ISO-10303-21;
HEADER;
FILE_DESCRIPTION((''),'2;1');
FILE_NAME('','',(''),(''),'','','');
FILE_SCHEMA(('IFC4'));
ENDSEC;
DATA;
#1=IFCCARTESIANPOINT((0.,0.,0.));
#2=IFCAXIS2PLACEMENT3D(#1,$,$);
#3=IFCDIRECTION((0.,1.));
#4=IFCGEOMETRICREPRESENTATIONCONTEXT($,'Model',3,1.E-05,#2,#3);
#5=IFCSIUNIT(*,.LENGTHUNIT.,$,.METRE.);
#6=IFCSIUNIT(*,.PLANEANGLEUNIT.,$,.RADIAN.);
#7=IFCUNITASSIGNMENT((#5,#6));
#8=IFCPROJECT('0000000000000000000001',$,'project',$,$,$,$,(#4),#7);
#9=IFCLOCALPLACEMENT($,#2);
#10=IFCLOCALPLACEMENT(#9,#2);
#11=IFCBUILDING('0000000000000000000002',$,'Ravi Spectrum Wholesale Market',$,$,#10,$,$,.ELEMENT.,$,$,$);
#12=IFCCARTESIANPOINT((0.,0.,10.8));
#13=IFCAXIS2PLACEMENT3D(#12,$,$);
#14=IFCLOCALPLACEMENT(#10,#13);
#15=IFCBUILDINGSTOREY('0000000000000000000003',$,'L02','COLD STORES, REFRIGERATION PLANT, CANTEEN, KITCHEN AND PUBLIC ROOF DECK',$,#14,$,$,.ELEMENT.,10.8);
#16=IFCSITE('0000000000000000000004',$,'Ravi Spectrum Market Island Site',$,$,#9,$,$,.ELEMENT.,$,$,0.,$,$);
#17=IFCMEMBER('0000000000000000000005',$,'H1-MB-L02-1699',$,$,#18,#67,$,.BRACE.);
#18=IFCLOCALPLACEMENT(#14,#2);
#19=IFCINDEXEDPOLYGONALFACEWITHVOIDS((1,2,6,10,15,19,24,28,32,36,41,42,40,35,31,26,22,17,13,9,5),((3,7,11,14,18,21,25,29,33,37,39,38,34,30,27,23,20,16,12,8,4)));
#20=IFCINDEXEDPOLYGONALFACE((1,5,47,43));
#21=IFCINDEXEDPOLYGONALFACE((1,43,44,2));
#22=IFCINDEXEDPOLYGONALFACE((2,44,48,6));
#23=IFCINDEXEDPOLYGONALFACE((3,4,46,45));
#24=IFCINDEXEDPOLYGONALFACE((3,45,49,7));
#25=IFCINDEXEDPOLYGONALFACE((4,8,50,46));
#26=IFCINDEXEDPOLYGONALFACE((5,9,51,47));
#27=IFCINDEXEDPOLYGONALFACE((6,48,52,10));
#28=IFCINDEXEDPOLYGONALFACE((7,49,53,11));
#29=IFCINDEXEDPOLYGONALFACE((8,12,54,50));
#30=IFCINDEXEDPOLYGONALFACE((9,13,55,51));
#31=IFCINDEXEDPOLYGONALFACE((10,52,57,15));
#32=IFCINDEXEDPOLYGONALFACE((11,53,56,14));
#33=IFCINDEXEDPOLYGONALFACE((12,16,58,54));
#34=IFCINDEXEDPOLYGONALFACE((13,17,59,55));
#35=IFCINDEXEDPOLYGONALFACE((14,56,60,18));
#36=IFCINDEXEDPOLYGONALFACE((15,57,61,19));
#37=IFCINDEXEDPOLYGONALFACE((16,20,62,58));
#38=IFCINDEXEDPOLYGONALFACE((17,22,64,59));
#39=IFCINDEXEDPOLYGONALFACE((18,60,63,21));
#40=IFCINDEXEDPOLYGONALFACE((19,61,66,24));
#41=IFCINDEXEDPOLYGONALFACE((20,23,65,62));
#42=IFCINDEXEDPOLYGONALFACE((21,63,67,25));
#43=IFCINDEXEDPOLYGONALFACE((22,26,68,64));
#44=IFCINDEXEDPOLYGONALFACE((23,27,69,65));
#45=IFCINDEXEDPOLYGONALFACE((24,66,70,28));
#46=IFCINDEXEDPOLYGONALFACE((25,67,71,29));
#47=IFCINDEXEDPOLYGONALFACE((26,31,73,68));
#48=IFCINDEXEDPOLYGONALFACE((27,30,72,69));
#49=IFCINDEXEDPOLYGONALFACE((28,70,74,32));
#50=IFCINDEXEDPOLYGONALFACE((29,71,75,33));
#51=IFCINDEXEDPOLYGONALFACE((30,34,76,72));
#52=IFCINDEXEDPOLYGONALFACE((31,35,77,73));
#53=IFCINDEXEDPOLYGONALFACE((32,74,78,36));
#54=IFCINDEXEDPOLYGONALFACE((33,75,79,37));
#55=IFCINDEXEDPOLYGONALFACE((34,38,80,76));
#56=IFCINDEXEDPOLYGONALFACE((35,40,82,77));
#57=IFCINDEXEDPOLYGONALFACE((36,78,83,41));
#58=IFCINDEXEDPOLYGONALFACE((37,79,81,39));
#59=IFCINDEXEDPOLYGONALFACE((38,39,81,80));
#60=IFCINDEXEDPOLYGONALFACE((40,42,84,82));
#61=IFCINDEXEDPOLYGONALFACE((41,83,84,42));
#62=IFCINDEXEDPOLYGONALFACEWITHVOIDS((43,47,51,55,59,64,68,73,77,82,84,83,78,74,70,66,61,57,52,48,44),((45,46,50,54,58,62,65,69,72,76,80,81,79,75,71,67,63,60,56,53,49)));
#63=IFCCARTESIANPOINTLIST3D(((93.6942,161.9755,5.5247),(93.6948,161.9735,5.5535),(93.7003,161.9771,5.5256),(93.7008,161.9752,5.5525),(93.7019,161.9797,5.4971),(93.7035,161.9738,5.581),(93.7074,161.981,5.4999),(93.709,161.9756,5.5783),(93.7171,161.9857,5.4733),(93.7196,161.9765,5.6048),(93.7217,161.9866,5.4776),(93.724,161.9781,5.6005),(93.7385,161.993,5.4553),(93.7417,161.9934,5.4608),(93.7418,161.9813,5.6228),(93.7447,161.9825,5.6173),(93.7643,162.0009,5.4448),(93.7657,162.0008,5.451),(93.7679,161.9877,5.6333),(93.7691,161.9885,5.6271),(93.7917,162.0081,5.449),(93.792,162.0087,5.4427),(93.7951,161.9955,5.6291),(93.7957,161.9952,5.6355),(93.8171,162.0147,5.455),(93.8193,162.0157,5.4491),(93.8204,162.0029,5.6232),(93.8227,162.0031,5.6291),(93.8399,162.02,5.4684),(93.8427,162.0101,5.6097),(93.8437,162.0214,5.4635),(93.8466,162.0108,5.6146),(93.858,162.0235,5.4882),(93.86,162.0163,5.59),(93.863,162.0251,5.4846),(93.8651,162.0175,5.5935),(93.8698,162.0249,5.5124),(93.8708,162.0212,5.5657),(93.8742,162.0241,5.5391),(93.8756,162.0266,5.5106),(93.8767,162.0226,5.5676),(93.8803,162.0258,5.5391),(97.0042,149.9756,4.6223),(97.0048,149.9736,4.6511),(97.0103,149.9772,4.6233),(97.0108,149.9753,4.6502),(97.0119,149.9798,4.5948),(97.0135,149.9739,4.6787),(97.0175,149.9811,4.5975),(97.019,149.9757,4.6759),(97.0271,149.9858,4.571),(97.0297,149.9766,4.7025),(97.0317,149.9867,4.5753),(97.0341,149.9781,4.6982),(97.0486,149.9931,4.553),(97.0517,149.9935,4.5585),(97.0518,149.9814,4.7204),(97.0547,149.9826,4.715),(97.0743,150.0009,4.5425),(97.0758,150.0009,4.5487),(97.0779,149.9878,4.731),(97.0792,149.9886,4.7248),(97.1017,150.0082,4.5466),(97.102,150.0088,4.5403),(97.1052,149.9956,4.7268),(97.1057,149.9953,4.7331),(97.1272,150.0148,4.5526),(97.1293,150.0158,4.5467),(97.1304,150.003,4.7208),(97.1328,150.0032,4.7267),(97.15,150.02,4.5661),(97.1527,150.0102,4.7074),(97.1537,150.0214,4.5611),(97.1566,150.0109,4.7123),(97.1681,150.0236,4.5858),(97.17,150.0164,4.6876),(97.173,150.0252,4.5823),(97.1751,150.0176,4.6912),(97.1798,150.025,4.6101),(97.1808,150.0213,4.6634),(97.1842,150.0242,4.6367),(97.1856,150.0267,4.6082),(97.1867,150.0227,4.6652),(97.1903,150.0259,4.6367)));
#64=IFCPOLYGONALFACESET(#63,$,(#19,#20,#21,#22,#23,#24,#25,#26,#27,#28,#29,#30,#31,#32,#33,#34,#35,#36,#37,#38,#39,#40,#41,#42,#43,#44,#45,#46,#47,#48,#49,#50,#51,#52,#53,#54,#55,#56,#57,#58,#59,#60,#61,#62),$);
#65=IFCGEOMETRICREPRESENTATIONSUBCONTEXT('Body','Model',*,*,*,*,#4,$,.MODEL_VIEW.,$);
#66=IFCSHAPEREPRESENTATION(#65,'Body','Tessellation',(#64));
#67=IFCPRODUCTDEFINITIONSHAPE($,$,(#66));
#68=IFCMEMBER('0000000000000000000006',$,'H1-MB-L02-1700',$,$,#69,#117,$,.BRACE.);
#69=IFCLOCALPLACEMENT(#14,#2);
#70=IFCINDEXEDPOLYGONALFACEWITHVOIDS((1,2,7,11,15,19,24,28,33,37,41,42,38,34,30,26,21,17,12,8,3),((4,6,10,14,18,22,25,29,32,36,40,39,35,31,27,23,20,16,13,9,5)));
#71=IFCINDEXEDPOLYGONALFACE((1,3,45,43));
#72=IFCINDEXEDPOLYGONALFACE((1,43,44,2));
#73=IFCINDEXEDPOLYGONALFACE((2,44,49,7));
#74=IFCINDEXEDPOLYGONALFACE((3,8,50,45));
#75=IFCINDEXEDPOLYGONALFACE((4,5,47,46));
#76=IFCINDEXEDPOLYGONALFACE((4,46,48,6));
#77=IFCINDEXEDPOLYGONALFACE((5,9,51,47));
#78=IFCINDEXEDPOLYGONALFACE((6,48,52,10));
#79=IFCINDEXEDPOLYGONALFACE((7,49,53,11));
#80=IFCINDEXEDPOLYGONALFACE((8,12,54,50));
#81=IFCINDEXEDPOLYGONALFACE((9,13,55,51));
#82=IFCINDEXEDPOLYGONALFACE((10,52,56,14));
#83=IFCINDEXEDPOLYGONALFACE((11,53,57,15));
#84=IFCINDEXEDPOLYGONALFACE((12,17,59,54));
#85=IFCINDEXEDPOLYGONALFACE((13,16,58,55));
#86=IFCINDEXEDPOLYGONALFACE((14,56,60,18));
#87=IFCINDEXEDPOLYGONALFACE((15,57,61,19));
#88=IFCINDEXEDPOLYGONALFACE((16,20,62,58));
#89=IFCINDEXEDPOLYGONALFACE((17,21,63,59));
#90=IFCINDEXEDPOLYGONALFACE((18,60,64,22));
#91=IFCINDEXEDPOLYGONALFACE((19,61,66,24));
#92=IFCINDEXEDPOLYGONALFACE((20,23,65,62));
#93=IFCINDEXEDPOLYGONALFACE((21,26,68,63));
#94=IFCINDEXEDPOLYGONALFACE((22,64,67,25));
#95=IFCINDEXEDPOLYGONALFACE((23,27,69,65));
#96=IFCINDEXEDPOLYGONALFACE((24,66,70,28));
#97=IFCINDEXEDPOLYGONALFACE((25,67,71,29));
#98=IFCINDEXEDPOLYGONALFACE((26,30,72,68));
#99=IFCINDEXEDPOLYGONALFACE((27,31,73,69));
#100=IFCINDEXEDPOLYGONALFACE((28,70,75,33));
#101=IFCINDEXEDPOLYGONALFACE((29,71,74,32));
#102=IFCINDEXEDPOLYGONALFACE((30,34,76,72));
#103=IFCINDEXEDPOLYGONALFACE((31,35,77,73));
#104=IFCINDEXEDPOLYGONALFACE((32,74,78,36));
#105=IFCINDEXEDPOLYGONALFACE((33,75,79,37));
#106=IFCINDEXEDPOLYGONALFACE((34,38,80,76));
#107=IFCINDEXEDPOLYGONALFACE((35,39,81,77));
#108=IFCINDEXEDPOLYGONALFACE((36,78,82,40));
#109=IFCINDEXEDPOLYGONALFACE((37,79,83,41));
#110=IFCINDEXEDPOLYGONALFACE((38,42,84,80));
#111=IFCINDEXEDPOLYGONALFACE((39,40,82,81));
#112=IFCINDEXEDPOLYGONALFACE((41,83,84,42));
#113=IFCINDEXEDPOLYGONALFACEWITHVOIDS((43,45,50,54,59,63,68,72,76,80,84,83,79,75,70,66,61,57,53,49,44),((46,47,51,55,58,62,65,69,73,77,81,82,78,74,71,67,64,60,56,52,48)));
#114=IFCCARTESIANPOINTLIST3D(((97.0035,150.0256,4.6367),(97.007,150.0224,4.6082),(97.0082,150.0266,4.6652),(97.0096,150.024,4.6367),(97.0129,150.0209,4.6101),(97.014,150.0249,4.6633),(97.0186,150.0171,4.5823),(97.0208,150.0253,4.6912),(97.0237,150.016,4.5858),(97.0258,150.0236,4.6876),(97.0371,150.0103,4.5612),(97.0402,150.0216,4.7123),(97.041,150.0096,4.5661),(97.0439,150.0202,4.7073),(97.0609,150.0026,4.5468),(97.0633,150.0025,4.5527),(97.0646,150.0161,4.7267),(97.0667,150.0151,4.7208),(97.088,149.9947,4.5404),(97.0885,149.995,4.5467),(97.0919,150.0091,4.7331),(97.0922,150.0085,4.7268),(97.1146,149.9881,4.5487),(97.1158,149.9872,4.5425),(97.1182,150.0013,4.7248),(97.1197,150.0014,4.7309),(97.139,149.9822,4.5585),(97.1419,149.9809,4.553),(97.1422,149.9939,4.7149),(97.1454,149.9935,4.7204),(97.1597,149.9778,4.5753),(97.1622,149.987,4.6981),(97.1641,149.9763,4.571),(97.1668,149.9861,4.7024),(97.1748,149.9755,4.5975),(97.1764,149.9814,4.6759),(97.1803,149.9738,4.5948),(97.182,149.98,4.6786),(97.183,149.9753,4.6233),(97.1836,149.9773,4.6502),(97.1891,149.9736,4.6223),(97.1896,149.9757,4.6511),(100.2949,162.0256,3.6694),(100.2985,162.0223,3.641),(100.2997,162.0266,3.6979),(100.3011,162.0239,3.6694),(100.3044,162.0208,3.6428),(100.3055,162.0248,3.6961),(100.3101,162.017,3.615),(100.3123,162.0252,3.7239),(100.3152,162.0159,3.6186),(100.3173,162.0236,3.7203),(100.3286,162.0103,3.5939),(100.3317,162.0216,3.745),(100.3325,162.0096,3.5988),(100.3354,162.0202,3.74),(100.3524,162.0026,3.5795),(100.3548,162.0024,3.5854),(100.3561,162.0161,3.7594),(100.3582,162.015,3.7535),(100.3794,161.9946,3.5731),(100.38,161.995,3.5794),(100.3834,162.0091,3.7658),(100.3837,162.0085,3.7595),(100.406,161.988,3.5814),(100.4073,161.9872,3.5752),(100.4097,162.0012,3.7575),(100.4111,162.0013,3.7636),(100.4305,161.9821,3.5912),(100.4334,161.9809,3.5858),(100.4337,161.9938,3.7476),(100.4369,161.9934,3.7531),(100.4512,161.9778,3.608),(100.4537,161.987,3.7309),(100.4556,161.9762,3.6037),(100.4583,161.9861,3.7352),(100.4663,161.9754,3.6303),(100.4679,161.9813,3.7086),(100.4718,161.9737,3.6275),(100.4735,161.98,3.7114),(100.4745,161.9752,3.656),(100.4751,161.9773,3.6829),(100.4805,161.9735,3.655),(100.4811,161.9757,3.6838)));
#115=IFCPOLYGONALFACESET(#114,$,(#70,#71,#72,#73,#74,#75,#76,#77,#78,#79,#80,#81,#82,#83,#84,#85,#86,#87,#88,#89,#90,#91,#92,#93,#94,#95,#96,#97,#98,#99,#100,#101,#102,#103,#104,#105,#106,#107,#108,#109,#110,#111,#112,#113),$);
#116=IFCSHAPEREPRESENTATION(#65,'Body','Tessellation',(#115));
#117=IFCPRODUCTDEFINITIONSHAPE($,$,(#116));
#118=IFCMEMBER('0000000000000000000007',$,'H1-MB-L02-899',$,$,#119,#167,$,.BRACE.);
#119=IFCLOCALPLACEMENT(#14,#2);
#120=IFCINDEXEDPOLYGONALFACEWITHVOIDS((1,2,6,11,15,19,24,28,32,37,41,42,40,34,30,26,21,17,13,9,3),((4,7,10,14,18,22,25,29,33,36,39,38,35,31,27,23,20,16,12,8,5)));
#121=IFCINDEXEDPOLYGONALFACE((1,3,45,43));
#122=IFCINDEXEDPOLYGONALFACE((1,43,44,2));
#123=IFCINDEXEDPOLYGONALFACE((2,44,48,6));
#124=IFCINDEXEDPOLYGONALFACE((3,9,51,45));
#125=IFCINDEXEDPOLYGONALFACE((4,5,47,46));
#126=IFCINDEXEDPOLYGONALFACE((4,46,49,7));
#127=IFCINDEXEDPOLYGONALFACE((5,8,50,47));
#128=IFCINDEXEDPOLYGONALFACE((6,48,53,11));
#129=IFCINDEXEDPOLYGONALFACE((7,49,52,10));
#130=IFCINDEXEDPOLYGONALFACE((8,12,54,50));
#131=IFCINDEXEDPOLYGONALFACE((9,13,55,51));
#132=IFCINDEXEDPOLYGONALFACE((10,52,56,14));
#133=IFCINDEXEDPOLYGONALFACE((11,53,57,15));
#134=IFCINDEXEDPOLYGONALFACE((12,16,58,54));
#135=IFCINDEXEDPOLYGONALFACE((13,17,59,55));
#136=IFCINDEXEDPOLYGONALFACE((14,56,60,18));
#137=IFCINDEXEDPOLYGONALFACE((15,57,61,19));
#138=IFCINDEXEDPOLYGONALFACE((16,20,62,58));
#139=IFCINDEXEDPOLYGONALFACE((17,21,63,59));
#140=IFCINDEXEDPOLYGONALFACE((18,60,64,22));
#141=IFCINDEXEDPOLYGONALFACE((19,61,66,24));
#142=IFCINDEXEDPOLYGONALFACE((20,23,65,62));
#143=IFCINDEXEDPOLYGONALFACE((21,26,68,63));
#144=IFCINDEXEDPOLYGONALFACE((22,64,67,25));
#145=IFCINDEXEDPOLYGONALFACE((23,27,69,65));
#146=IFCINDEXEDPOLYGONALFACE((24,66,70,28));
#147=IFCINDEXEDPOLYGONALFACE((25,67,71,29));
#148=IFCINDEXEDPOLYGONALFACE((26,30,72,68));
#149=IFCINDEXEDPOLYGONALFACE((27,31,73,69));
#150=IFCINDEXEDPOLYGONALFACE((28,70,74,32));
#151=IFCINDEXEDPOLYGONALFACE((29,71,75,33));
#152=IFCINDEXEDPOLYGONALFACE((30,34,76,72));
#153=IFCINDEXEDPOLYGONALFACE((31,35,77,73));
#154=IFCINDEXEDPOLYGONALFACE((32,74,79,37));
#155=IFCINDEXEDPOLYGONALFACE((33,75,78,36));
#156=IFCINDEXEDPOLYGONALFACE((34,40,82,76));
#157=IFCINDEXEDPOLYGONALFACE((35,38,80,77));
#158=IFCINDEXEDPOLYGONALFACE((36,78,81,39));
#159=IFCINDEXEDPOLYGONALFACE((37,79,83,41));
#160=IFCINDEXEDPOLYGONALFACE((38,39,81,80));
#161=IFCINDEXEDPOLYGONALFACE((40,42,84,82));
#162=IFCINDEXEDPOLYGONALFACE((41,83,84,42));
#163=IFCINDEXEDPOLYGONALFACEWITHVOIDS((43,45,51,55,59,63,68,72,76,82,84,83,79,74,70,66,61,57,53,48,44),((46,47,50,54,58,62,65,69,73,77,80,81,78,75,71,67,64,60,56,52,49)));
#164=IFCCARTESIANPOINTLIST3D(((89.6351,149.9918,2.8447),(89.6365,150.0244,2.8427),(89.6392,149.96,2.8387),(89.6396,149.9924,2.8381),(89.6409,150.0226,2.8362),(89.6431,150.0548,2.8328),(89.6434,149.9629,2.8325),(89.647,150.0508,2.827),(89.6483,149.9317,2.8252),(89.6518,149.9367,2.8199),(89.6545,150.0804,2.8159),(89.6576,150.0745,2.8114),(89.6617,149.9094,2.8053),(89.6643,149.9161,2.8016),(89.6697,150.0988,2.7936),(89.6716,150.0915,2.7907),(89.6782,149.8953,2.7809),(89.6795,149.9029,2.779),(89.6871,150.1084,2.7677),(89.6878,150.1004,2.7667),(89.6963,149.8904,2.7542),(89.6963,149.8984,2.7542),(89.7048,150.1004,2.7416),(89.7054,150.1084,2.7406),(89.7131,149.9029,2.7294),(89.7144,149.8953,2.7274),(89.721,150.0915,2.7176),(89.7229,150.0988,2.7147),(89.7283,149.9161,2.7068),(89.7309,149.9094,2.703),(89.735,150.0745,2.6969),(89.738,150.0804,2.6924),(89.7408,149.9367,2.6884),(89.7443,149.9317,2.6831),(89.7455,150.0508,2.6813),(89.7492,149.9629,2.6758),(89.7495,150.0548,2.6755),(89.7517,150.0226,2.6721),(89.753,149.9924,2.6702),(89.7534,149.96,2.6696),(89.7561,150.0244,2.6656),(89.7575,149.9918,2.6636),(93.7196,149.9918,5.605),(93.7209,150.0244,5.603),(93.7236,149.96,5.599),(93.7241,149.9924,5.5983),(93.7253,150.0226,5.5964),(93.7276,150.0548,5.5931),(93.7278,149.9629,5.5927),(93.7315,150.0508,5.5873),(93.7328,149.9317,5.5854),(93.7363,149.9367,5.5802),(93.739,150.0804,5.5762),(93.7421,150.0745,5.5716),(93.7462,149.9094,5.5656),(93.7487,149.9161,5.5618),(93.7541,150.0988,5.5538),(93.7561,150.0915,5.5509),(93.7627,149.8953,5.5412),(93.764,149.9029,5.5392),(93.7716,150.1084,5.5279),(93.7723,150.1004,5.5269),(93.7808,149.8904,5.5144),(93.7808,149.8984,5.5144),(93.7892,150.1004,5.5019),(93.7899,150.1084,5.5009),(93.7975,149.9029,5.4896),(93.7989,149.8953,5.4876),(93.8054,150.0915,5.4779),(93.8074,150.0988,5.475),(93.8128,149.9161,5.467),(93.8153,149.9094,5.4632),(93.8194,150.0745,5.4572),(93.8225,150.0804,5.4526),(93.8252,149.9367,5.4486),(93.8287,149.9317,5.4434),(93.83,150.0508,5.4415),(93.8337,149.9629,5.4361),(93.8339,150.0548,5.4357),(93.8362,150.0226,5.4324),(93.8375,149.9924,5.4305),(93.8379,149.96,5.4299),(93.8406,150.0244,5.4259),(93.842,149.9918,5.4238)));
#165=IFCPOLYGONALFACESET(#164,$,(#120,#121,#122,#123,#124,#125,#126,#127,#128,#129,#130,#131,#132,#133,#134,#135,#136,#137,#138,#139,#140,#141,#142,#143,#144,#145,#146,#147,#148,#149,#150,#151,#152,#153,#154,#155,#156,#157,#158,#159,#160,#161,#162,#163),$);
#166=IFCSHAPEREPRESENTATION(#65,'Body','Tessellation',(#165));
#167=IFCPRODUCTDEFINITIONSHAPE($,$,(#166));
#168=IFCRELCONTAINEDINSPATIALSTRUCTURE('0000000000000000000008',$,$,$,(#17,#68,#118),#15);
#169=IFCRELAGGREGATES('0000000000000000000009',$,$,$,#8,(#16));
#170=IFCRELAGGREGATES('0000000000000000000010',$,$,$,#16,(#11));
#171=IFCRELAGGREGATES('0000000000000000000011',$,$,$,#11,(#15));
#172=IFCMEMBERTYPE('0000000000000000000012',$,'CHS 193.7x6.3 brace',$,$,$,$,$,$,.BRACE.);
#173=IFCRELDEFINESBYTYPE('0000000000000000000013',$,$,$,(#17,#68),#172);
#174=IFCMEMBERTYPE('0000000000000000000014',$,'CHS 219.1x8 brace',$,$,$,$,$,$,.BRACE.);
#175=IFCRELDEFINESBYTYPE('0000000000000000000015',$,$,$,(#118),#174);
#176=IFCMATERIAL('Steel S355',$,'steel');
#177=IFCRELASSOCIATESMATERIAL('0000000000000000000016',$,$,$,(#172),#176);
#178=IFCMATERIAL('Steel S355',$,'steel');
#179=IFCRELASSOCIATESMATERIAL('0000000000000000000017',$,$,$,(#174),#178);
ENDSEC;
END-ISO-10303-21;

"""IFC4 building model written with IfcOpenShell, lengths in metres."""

from ifc_helpers import new_model, si_unit, direction, frame, origin, origin_2d, place, context, subcontext, project, spatial, hollow_circle, extrude, material, material_profile, profile_set, type_object, element, save


model = new_model("IFC4")

# Units and contexts
model_context = context("Model", 3, precision=1e-05, world=origin(), true_north=direction((0.0, 1.0)))
body_context = subcontext(model_context, "Body", "Model", "MODEL_VIEW")
ifc_project = project(units=[si_unit("LENGTHUNIT", "METRE"), si_unit("PLANEANGLEUNIT", "RADIAN")], contexts=[model_context])

# Site, building, storey
site_placement = place(None, origin())
site = spatial("IfcSite", under=ifc_project, at=site_placement, Name="Ravi Spectrum Market Island Site", CompositionType="ELEMENT", RefElevation=0.0)
building_placement = place(site_placement, origin())
building = spatial("IfcBuilding", under=site, at=building_placement, Name="Ravi Spectrum Wholesale Market", CompositionType="ELEMENT")
storey_placement = place(building_placement, frame((0.0, 0.0, 10.8)))
storey = spatial("IfcBuildingStorey", under=building, at=storey_placement, Name="L02", Description="COLD STORES, REFRIGERATION PLANT, CANTEEN, KITCHEN AND PUBLIC ROOF DECK", CompositionType="ELEMENT", Elevation=10.8)

# Members
ifc_material_1 = material(Name="Steel S355", Category="steel")
ifc_material_profile_1 = material_profile(ifc_material_1, hollow_circle(Radius=0.0969, WallThickness=0.0063, at=origin_2d()))
ifc_profile_set_1 = profile_set([ifc_material_profile_1], Name="Steel S355")
member_type_1 = type_object("IfcMemberType", Name="CHS 193.7x6.3 brace", PredefinedType="BRACE", material=ifc_profile_set_1)
for number, where, z_axis, x_axis, name in (
    (1, (93.7869, 162.0, 5.5391), (0.265212, -0.961476, -0.072298), (0.963999, 0.265908, 0.0), "H1-MB-L02-1699"),
    (2, (97.0969, 150.0, 4.6367), (0.263726, 0.961479, -0.077502), (-0.96438, 0.264522, 0.0), "H1-MB-L02-1700"),
):
    element("IfcMember", number, at=place(storey_placement, frame(where, z_axis=z_axis, x_axis=x_axis)), inside=storey, type_object=member_type_1, Name=name, PredefinedType="BRACE", context=body_context, shape_type="SweptSolid", body=[
        extrude(hollow_circle(Radius=0.0969, WallThickness=0.0063, at=origin_2d()), origin(), (0.0, 0.0, 1.0), 12.4807),
    ])
ifc_material_2 = material(Name="Steel S355", Category="steel")
ifc_material_profile_2 = material_profile(ifc_material_2, hollow_circle(Radius=0.1096, WallThickness=0.0081, at=origin_2d()))
ifc_profile_set_2 = profile_set([ifc_material_profile_2], Name="Steel S355")
member_type_2 = type_object("IfcMemberType", Name="CHS 219.1x8 brace", PredefinedType="BRACE", material=ifc_profile_set_2)
for number, where, z_axis, x_axis, name in (
    (3, (93.7808, 150.0, 5.5144), (-0.828544, 0.0, -0.559924), (0.0, -1.0, 0.0), "H1-MB-L02-899"),
):
    element("IfcMember", number, at=place(storey_placement, frame(where, z_axis=z_axis, x_axis=x_axis)), inside=storey, type_object=member_type_2, Name=name, PredefinedType="BRACE", context=body_context, shape_type="SweptSolid", body=[
        extrude(hollow_circle(Radius=0.1096, WallThickness=0.0081, at=origin_2d()), origin(), (0.0, 0.0, 1.0), 4.9297),
    ])

save(model, "model.ifc")
